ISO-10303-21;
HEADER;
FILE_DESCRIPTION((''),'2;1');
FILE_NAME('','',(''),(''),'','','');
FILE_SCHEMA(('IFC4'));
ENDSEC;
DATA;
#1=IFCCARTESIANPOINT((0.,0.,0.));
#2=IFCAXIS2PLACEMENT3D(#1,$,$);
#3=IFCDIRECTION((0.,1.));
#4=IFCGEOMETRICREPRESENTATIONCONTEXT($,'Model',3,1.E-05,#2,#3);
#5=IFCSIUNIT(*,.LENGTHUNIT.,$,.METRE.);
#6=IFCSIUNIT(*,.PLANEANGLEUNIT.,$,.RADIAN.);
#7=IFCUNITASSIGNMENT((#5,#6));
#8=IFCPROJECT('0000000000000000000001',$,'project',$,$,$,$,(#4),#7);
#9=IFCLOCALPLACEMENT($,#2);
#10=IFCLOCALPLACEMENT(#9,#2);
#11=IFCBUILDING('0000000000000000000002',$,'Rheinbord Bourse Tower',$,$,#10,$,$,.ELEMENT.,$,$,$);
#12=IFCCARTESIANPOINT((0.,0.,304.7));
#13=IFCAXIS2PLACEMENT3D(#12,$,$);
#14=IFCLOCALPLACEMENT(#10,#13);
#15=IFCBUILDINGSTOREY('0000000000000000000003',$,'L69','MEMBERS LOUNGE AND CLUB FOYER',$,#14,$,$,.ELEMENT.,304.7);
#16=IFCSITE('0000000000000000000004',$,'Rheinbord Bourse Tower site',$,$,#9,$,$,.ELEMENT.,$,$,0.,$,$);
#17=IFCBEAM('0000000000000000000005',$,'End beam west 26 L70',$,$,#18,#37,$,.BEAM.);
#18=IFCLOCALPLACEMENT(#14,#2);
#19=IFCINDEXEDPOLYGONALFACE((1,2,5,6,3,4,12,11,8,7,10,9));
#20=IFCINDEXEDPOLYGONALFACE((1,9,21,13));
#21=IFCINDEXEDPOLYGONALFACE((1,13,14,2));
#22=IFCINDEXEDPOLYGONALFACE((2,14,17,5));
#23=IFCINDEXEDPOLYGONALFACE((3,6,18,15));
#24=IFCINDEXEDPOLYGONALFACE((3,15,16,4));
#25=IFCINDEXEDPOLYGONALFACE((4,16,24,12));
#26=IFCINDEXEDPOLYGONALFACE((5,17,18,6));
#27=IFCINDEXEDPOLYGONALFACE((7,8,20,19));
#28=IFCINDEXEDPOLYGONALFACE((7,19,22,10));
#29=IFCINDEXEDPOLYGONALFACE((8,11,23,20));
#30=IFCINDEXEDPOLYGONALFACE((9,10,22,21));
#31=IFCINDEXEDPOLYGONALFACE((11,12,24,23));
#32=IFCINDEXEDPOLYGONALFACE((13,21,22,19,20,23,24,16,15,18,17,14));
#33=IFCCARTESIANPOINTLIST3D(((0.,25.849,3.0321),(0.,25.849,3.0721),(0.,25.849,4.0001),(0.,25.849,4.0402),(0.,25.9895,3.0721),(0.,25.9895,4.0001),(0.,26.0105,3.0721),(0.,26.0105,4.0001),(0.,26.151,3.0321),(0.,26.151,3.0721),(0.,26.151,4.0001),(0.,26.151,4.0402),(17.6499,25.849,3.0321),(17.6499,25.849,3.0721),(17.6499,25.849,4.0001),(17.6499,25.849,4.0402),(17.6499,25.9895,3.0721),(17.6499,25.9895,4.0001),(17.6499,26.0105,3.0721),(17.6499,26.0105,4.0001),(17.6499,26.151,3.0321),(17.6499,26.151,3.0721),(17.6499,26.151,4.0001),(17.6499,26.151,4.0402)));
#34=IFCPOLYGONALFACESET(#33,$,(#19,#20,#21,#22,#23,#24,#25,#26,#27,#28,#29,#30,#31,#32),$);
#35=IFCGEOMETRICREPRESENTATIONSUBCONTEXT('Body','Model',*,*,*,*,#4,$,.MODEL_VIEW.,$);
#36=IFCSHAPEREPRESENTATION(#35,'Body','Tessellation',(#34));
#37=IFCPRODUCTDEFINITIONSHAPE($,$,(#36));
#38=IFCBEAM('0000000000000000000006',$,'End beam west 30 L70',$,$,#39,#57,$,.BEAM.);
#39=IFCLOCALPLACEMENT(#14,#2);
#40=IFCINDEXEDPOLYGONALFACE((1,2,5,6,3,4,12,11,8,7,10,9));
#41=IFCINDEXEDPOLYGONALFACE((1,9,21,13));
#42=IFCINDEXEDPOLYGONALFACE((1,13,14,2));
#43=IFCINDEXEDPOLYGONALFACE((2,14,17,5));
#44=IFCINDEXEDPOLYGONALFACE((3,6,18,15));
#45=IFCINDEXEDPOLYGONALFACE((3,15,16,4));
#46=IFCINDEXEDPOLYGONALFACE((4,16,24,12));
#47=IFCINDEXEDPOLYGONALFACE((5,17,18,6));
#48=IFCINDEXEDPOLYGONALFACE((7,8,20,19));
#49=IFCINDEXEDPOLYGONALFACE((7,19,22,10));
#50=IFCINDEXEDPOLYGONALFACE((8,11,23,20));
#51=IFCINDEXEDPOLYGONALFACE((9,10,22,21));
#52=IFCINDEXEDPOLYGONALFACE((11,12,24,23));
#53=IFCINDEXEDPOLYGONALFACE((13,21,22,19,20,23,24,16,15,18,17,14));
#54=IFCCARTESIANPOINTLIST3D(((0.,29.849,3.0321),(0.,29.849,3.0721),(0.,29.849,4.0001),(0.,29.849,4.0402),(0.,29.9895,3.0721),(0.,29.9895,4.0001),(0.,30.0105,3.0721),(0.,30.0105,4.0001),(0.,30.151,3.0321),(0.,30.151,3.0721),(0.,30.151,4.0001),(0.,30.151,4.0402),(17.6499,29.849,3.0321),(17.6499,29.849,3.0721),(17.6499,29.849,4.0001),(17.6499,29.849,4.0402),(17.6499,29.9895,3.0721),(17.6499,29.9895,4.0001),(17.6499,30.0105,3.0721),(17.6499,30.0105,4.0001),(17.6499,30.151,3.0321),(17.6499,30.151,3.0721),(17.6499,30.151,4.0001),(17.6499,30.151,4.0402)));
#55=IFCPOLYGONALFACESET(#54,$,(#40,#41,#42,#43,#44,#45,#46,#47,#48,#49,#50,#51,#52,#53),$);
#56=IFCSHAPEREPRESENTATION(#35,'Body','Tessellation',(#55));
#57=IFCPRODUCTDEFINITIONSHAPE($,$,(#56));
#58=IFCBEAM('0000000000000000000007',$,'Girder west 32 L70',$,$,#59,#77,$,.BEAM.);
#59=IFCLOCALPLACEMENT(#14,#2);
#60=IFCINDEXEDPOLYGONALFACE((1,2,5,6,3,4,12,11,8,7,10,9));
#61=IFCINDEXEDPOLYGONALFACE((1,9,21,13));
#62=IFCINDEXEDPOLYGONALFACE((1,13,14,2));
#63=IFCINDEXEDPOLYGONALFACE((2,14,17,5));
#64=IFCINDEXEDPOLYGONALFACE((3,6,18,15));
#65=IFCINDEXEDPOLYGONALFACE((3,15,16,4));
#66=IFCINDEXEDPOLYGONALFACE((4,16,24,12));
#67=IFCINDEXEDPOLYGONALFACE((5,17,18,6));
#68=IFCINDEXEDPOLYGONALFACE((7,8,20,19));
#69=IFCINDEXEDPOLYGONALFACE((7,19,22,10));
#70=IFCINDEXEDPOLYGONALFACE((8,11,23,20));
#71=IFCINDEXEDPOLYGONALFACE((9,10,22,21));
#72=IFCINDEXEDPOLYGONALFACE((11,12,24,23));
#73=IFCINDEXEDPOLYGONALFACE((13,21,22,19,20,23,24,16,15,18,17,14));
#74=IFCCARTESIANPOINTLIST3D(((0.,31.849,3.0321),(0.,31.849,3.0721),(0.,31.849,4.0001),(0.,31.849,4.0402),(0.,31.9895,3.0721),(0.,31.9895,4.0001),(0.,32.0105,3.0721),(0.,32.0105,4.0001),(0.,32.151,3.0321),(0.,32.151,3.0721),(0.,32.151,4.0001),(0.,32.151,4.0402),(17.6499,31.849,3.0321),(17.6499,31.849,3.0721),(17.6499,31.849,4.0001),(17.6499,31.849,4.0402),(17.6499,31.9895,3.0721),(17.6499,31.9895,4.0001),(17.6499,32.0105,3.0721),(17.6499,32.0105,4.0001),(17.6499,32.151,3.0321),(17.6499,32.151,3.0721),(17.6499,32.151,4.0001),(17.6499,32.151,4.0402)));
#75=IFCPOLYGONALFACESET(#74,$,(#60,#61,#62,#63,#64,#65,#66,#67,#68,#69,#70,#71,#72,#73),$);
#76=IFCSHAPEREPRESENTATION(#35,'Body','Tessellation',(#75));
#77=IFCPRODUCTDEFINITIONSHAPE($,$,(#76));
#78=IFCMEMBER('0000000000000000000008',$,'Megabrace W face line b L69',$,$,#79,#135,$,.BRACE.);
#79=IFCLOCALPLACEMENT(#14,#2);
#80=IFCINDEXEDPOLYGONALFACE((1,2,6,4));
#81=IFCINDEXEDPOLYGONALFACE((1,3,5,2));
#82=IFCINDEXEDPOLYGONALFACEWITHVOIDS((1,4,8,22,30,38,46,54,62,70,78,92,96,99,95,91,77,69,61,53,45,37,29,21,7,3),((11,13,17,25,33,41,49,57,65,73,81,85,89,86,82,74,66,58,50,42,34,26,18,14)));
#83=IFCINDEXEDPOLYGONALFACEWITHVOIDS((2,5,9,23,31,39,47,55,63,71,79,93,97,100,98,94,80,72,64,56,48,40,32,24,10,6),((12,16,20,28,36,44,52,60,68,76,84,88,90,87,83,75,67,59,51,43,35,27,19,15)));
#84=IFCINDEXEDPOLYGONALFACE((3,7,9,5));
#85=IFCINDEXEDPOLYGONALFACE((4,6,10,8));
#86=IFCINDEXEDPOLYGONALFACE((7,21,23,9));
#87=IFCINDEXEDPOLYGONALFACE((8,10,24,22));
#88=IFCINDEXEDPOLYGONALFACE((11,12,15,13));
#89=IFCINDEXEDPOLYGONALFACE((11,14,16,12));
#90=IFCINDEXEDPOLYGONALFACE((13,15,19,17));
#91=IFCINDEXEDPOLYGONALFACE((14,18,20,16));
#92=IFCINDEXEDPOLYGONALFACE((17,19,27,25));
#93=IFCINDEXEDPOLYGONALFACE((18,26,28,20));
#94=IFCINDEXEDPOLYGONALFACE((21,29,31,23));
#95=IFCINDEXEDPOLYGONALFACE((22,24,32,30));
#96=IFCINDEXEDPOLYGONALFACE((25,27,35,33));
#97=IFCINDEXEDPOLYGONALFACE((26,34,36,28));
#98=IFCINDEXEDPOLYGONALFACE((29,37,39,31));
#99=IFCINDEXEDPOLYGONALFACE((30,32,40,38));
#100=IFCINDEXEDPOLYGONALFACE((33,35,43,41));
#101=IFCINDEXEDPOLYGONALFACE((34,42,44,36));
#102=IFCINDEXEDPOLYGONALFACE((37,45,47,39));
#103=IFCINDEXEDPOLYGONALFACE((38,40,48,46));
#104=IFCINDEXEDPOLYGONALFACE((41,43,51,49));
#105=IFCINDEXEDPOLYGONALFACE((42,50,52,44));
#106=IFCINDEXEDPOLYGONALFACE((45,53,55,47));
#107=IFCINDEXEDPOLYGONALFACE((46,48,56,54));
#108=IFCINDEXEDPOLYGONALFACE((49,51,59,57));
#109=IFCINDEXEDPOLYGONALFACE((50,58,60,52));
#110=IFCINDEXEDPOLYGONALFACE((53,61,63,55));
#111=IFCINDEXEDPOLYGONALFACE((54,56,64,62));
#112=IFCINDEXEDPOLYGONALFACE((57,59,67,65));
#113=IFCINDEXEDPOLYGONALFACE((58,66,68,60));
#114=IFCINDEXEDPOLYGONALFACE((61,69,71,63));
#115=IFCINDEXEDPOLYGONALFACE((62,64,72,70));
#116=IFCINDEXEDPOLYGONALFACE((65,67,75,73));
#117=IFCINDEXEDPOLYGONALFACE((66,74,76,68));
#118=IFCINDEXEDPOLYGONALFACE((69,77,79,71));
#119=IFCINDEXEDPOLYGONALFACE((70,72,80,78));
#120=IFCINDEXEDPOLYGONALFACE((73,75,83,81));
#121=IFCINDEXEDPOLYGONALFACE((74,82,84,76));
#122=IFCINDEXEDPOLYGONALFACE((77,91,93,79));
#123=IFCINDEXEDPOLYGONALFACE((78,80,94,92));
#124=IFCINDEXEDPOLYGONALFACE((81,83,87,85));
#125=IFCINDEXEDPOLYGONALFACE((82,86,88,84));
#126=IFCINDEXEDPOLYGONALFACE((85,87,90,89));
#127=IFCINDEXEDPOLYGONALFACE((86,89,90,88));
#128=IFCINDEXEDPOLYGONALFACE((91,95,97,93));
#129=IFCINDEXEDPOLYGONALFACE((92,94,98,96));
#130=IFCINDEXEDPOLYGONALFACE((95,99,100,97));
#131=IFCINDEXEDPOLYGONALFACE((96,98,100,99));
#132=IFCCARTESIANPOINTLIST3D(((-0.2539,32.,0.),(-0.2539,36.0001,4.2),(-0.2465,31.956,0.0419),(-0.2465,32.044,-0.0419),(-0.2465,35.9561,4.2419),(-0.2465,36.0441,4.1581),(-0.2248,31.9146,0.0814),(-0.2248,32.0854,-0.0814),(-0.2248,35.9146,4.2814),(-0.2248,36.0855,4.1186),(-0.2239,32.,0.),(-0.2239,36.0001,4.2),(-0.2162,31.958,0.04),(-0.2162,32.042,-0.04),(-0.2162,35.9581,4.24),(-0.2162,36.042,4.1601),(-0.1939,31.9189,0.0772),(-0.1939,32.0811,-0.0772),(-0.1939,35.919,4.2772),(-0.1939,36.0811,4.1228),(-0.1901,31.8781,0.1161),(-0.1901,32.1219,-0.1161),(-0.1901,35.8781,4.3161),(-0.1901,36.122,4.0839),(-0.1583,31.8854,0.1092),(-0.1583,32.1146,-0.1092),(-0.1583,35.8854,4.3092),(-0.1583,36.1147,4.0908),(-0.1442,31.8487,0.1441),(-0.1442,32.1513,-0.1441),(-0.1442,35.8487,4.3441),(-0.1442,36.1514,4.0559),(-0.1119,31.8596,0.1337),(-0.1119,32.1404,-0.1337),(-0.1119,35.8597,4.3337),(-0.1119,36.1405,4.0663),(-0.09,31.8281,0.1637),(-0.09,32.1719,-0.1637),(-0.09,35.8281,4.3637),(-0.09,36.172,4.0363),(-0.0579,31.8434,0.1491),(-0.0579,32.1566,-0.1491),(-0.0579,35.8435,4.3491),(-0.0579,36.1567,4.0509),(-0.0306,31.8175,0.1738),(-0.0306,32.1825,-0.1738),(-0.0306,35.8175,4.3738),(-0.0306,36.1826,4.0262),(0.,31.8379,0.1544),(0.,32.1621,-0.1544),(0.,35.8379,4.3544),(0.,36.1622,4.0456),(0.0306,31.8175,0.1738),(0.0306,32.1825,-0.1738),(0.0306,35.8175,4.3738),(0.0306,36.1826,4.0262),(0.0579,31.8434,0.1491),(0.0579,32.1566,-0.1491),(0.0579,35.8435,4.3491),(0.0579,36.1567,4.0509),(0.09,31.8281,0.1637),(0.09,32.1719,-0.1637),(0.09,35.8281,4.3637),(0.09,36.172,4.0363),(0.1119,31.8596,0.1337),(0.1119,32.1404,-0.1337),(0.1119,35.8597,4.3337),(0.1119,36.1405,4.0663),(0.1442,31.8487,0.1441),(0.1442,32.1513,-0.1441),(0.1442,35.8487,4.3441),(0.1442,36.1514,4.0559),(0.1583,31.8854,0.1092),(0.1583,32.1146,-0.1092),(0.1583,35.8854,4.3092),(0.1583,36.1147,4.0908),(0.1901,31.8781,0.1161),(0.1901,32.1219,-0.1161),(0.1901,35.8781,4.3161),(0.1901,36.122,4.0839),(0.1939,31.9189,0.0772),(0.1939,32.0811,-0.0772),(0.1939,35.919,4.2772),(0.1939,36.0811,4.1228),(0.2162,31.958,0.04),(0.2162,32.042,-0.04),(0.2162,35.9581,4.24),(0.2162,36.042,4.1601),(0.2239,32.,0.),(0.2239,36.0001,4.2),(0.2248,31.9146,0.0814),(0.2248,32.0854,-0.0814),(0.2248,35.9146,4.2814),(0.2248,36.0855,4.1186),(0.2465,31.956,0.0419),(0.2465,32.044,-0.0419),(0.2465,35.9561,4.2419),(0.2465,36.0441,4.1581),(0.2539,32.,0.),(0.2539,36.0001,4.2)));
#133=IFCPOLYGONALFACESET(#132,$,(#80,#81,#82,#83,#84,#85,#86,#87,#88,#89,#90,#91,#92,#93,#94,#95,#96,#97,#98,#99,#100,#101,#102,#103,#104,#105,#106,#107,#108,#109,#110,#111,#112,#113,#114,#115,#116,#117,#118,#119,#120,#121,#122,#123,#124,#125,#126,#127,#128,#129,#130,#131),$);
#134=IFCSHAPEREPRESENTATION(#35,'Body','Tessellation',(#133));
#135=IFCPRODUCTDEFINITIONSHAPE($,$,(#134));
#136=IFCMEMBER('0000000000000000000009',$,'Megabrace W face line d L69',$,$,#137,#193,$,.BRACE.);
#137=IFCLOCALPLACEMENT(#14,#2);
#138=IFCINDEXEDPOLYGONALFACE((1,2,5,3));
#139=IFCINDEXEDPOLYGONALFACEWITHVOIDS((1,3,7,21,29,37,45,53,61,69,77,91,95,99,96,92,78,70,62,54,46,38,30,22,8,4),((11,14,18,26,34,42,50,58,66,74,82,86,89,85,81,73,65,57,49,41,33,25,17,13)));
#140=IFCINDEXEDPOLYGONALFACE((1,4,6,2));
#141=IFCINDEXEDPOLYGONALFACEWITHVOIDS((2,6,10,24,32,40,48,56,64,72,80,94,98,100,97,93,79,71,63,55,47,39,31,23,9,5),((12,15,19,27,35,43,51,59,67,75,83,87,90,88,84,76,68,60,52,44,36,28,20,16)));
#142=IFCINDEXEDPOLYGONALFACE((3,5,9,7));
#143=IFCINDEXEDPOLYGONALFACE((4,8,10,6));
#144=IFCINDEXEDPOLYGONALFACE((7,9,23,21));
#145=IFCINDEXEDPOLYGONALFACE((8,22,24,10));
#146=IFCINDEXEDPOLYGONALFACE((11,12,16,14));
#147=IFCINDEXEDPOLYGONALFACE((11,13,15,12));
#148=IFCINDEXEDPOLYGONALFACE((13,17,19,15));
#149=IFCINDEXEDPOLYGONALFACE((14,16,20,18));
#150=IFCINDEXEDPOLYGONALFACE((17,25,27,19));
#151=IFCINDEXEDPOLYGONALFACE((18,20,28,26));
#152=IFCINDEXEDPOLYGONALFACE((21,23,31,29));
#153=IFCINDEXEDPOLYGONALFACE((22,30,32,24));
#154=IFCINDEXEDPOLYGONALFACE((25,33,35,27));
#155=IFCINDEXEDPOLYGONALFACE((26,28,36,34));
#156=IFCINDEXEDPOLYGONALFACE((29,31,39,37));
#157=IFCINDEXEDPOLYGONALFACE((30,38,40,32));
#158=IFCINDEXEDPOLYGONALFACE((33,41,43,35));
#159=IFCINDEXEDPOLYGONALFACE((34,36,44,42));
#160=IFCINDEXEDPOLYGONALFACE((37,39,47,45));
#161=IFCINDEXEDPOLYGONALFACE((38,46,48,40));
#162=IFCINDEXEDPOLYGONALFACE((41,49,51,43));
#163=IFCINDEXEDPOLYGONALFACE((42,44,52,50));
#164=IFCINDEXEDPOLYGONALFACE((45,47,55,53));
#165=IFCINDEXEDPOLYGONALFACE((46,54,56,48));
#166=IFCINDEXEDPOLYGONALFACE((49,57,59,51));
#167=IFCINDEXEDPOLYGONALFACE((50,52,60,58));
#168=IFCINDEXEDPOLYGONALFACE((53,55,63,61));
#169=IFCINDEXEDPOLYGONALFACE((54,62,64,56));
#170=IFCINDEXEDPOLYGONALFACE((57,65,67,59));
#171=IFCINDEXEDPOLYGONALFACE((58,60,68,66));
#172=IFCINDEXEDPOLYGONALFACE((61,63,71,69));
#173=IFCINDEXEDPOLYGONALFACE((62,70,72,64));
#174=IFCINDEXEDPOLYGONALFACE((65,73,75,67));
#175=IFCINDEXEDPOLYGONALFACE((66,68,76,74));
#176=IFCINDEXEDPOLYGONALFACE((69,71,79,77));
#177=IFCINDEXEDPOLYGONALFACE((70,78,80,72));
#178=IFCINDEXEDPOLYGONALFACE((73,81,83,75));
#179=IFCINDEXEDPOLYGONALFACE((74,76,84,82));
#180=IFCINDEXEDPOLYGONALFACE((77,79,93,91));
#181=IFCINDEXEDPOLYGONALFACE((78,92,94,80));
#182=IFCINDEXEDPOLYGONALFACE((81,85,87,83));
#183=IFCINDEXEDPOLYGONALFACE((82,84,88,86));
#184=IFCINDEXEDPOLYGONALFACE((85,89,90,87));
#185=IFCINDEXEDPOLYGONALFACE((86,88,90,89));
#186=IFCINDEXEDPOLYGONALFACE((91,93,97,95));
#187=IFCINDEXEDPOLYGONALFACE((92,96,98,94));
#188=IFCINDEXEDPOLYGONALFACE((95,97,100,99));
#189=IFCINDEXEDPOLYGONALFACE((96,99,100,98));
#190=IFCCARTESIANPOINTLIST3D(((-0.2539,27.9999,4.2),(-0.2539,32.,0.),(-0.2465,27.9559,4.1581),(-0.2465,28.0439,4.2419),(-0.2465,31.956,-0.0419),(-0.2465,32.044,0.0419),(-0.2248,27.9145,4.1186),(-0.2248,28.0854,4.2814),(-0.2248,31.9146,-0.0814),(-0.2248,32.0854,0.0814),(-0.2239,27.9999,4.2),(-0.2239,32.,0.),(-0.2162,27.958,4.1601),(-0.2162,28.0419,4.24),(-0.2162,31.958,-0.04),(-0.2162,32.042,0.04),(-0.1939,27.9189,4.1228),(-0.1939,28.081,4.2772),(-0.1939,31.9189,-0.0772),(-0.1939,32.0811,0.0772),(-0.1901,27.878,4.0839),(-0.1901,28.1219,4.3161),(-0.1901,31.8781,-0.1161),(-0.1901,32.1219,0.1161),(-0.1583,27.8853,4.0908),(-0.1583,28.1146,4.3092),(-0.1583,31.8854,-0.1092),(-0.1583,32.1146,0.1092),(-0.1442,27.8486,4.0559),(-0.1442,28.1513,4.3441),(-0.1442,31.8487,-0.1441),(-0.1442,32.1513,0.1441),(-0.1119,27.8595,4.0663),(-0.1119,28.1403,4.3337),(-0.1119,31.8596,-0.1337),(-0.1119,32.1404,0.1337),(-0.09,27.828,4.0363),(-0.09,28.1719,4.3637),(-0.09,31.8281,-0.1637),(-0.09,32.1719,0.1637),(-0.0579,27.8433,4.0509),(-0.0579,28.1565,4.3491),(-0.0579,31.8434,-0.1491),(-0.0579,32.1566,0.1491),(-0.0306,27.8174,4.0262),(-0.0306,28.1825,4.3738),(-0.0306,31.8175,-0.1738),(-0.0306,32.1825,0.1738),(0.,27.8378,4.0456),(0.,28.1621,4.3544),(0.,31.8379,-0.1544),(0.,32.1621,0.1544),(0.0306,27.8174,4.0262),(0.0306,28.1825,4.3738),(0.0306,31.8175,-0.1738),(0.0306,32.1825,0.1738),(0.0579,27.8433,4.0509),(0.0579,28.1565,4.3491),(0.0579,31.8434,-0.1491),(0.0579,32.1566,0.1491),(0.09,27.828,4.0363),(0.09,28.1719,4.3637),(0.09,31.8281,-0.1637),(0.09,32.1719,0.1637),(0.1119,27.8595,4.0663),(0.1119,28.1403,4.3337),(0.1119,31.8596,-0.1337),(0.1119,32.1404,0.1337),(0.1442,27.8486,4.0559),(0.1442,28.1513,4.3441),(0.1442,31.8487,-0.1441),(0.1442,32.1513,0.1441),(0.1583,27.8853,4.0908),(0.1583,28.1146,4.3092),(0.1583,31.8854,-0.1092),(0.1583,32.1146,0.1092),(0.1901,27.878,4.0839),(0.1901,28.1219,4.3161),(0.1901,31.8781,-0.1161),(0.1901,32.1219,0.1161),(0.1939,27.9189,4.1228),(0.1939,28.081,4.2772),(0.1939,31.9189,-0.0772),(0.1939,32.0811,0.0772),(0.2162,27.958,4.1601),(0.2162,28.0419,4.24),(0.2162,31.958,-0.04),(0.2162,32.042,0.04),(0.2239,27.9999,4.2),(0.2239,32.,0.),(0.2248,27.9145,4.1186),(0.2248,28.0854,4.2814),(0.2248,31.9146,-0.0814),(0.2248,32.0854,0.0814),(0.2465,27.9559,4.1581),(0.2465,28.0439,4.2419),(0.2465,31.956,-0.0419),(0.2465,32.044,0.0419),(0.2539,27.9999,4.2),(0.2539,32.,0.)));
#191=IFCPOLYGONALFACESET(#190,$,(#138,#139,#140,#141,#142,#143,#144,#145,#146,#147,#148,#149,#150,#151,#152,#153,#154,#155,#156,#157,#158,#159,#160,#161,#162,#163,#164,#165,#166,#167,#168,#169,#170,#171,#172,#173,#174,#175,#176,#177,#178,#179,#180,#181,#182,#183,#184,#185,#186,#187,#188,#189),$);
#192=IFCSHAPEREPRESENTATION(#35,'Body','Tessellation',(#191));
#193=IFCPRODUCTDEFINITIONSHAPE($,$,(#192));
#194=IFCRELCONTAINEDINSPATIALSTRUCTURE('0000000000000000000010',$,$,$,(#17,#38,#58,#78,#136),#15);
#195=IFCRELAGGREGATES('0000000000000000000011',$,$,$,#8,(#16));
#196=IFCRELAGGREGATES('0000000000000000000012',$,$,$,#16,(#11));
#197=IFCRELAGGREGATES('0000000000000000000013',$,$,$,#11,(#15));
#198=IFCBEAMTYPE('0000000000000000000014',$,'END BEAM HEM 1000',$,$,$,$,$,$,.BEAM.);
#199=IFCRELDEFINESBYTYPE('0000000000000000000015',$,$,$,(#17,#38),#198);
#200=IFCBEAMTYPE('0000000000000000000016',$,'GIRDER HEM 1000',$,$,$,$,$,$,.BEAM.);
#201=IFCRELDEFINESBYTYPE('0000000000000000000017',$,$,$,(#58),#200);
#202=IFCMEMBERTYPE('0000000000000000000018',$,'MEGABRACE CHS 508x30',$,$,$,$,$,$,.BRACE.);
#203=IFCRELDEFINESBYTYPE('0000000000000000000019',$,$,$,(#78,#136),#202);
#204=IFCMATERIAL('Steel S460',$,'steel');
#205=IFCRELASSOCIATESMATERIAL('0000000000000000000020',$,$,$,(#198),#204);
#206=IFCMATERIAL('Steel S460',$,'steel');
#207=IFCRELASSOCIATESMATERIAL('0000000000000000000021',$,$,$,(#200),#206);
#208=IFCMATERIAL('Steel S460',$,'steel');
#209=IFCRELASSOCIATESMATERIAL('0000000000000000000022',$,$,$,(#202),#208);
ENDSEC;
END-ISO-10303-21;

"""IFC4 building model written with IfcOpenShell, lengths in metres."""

from ifc_helpers import new_model, si_unit, direction, frame, origin, origin_2d, place, context, subcontext, project, spatial, hollow_circle, i_section, extrude, material, material_profile, profile_set, type_object, element, save


model = new_model("IFC4")

# Units and contexts
model_context = context("Model", 3, precision=1e-05, world=origin(), true_north=direction((0.0, 1.0)))
body_context = subcontext(model_context, "Body", "Model", "MODEL_VIEW")
ifc_project = project(units=[si_unit("LENGTHUNIT", "METRE"), si_unit("PLANEANGLEUNIT", "RADIAN")], contexts=[model_context])

# Site, building, storey
site_placement = place(None, origin())
site = spatial("IfcSite", under=ifc_project, at=site_placement, Name="Rheinbord Bourse Tower site", CompositionType="ELEMENT", RefElevation=0.0)
building_placement = place(site_placement, origin())
building = spatial("IfcBuilding", under=site, at=building_placement, Name="Rheinbord Bourse Tower", CompositionType="ELEMENT")
storey_placement = place(building_placement, frame((0.0, 0.0, 304.7)))
storey = spatial("IfcBuildingStorey", under=building, at=storey_placement, Name="L69", Description="MEMBERS LOUNGE AND CLUB FOYER", CompositionType="ELEMENT", Elevation=304.7)

# Beams
ifc_material_1 = material(Name="Steel S460", Category="steel")
ifc_material_profile_1 = material_profile(ifc_material_1, i_section(OverallWidth=0.302, OverallDepth=1.0081, WebThickness=0.021, FlangeThickness=0.04, at=origin_2d()), Name="HEM 1000")
ifc_profile_set_1 = profile_set([ifc_material_profile_1], Name="Steel S460")
beam_type_1 = type_object("IfcBeamType", Name="END BEAM HEM 1000", PredefinedType="BEAM", material=ifc_profile_set_1)
for number, where, z_axis, x_axis, name in (
    (1, (0.0, 26.0, 3.5361), (1.0, 0.0, 0.0), (0.0, 1.0, 0.0), "End beam west 26 L70"),
    (2, (0.0, 30.0, 3.5361), (1.0, 0.0, 0.0), (0.0, 1.0, 0.0), "End beam west 30 L70"),
):
    element("IfcBeam", number, at=place(storey_placement, frame(where, z_axis=z_axis, x_axis=x_axis)), inside=storey, type_object=beam_type_1, Name=name, PredefinedType="BEAM", context=body_context, shape_type="SweptSolid", body=[
        extrude(i_section(OverallWidth=0.302, OverallDepth=1.0081, WebThickness=0.021, FlangeThickness=0.04, at=origin_2d()), origin(), (0.0, 0.0, 1.0), 17.6499),
    ])
ifc_material_2 = material(Name="Steel S460", Category="steel")
ifc_material_profile_2 = material_profile(ifc_material_2, i_section(OverallWidth=0.302, OverallDepth=1.0081, WebThickness=0.021, FlangeThickness=0.04, at=origin_2d()), Name="HEM 1000")
ifc_profile_set_2 = profile_set([ifc_material_profile_2], Name="Steel S460")
beam_type_2 = type_object("IfcBeamType", Name="GIRDER HEM 1000", PredefinedType="BEAM", material=ifc_profile_set_2)
beam_placement = place(storey_placement, frame((0.0, 32.0, 3.5361), z_axis=(1.0, 0.0, 0.0), x_axis=(0.0, 1.0, 0.0)))
element("IfcBeam", 3, at=beam_placement, inside=storey, type_object=beam_type_2, Name="Girder west 32 L70", PredefinedType="BEAM", context=body_context, shape_type="SweptSolid", body=[
    extrude(i_section(OverallWidth=0.302, OverallDepth=1.0081, WebThickness=0.021, FlangeThickness=0.04, at=origin_2d()), origin(), (0.0, 0.0, 1.0), 17.6499),
])

# Members
ifc_material_3 = material(Name="Steel S460", Category="steel")
ifc_material_profile_3 = material_profile(ifc_material_3, hollow_circle(Radius=0.2539, WallThickness=0.03, at=origin_2d()), Name="CHS 508x30")
ifc_profile_set_3 = profile_set([ifc_material_profile_3], Name="Steel S460")
member_type_1 = type_object("IfcMemberType", Name="MEGABRACE CHS 508x30", PredefinedType="BRACE", material=ifc_profile_set_3)
for number, where, z_axis, x_axis, name in (
    (4, (0.0, 32.0, 0.0), (0.0, 0.689659, 0.724134), (-1.0, 0.0, 0.0), "Megabrace W face line b L69"),
    (5, (0.0, 32.0, 0.0), (0.0, -0.689659, 0.724134), (1.0, 0.0, 0.0), "Megabrace W face line d L69"),
):
    element("IfcMember", number, at=place(storey_placement, frame(where, z_axis=z_axis, x_axis=x_axis)), inside=storey, type_object=member_type_1, Name=name, PredefinedType="BRACE", context=body_context, shape_type="SweptSolid", body=[
        extrude(hollow_circle(Radius=0.2539, WallThickness=0.03, at=origin_2d()), origin(), (0.0, 0.0, 1.0), 5.8),
    ])

save(model, "model.ifc")
